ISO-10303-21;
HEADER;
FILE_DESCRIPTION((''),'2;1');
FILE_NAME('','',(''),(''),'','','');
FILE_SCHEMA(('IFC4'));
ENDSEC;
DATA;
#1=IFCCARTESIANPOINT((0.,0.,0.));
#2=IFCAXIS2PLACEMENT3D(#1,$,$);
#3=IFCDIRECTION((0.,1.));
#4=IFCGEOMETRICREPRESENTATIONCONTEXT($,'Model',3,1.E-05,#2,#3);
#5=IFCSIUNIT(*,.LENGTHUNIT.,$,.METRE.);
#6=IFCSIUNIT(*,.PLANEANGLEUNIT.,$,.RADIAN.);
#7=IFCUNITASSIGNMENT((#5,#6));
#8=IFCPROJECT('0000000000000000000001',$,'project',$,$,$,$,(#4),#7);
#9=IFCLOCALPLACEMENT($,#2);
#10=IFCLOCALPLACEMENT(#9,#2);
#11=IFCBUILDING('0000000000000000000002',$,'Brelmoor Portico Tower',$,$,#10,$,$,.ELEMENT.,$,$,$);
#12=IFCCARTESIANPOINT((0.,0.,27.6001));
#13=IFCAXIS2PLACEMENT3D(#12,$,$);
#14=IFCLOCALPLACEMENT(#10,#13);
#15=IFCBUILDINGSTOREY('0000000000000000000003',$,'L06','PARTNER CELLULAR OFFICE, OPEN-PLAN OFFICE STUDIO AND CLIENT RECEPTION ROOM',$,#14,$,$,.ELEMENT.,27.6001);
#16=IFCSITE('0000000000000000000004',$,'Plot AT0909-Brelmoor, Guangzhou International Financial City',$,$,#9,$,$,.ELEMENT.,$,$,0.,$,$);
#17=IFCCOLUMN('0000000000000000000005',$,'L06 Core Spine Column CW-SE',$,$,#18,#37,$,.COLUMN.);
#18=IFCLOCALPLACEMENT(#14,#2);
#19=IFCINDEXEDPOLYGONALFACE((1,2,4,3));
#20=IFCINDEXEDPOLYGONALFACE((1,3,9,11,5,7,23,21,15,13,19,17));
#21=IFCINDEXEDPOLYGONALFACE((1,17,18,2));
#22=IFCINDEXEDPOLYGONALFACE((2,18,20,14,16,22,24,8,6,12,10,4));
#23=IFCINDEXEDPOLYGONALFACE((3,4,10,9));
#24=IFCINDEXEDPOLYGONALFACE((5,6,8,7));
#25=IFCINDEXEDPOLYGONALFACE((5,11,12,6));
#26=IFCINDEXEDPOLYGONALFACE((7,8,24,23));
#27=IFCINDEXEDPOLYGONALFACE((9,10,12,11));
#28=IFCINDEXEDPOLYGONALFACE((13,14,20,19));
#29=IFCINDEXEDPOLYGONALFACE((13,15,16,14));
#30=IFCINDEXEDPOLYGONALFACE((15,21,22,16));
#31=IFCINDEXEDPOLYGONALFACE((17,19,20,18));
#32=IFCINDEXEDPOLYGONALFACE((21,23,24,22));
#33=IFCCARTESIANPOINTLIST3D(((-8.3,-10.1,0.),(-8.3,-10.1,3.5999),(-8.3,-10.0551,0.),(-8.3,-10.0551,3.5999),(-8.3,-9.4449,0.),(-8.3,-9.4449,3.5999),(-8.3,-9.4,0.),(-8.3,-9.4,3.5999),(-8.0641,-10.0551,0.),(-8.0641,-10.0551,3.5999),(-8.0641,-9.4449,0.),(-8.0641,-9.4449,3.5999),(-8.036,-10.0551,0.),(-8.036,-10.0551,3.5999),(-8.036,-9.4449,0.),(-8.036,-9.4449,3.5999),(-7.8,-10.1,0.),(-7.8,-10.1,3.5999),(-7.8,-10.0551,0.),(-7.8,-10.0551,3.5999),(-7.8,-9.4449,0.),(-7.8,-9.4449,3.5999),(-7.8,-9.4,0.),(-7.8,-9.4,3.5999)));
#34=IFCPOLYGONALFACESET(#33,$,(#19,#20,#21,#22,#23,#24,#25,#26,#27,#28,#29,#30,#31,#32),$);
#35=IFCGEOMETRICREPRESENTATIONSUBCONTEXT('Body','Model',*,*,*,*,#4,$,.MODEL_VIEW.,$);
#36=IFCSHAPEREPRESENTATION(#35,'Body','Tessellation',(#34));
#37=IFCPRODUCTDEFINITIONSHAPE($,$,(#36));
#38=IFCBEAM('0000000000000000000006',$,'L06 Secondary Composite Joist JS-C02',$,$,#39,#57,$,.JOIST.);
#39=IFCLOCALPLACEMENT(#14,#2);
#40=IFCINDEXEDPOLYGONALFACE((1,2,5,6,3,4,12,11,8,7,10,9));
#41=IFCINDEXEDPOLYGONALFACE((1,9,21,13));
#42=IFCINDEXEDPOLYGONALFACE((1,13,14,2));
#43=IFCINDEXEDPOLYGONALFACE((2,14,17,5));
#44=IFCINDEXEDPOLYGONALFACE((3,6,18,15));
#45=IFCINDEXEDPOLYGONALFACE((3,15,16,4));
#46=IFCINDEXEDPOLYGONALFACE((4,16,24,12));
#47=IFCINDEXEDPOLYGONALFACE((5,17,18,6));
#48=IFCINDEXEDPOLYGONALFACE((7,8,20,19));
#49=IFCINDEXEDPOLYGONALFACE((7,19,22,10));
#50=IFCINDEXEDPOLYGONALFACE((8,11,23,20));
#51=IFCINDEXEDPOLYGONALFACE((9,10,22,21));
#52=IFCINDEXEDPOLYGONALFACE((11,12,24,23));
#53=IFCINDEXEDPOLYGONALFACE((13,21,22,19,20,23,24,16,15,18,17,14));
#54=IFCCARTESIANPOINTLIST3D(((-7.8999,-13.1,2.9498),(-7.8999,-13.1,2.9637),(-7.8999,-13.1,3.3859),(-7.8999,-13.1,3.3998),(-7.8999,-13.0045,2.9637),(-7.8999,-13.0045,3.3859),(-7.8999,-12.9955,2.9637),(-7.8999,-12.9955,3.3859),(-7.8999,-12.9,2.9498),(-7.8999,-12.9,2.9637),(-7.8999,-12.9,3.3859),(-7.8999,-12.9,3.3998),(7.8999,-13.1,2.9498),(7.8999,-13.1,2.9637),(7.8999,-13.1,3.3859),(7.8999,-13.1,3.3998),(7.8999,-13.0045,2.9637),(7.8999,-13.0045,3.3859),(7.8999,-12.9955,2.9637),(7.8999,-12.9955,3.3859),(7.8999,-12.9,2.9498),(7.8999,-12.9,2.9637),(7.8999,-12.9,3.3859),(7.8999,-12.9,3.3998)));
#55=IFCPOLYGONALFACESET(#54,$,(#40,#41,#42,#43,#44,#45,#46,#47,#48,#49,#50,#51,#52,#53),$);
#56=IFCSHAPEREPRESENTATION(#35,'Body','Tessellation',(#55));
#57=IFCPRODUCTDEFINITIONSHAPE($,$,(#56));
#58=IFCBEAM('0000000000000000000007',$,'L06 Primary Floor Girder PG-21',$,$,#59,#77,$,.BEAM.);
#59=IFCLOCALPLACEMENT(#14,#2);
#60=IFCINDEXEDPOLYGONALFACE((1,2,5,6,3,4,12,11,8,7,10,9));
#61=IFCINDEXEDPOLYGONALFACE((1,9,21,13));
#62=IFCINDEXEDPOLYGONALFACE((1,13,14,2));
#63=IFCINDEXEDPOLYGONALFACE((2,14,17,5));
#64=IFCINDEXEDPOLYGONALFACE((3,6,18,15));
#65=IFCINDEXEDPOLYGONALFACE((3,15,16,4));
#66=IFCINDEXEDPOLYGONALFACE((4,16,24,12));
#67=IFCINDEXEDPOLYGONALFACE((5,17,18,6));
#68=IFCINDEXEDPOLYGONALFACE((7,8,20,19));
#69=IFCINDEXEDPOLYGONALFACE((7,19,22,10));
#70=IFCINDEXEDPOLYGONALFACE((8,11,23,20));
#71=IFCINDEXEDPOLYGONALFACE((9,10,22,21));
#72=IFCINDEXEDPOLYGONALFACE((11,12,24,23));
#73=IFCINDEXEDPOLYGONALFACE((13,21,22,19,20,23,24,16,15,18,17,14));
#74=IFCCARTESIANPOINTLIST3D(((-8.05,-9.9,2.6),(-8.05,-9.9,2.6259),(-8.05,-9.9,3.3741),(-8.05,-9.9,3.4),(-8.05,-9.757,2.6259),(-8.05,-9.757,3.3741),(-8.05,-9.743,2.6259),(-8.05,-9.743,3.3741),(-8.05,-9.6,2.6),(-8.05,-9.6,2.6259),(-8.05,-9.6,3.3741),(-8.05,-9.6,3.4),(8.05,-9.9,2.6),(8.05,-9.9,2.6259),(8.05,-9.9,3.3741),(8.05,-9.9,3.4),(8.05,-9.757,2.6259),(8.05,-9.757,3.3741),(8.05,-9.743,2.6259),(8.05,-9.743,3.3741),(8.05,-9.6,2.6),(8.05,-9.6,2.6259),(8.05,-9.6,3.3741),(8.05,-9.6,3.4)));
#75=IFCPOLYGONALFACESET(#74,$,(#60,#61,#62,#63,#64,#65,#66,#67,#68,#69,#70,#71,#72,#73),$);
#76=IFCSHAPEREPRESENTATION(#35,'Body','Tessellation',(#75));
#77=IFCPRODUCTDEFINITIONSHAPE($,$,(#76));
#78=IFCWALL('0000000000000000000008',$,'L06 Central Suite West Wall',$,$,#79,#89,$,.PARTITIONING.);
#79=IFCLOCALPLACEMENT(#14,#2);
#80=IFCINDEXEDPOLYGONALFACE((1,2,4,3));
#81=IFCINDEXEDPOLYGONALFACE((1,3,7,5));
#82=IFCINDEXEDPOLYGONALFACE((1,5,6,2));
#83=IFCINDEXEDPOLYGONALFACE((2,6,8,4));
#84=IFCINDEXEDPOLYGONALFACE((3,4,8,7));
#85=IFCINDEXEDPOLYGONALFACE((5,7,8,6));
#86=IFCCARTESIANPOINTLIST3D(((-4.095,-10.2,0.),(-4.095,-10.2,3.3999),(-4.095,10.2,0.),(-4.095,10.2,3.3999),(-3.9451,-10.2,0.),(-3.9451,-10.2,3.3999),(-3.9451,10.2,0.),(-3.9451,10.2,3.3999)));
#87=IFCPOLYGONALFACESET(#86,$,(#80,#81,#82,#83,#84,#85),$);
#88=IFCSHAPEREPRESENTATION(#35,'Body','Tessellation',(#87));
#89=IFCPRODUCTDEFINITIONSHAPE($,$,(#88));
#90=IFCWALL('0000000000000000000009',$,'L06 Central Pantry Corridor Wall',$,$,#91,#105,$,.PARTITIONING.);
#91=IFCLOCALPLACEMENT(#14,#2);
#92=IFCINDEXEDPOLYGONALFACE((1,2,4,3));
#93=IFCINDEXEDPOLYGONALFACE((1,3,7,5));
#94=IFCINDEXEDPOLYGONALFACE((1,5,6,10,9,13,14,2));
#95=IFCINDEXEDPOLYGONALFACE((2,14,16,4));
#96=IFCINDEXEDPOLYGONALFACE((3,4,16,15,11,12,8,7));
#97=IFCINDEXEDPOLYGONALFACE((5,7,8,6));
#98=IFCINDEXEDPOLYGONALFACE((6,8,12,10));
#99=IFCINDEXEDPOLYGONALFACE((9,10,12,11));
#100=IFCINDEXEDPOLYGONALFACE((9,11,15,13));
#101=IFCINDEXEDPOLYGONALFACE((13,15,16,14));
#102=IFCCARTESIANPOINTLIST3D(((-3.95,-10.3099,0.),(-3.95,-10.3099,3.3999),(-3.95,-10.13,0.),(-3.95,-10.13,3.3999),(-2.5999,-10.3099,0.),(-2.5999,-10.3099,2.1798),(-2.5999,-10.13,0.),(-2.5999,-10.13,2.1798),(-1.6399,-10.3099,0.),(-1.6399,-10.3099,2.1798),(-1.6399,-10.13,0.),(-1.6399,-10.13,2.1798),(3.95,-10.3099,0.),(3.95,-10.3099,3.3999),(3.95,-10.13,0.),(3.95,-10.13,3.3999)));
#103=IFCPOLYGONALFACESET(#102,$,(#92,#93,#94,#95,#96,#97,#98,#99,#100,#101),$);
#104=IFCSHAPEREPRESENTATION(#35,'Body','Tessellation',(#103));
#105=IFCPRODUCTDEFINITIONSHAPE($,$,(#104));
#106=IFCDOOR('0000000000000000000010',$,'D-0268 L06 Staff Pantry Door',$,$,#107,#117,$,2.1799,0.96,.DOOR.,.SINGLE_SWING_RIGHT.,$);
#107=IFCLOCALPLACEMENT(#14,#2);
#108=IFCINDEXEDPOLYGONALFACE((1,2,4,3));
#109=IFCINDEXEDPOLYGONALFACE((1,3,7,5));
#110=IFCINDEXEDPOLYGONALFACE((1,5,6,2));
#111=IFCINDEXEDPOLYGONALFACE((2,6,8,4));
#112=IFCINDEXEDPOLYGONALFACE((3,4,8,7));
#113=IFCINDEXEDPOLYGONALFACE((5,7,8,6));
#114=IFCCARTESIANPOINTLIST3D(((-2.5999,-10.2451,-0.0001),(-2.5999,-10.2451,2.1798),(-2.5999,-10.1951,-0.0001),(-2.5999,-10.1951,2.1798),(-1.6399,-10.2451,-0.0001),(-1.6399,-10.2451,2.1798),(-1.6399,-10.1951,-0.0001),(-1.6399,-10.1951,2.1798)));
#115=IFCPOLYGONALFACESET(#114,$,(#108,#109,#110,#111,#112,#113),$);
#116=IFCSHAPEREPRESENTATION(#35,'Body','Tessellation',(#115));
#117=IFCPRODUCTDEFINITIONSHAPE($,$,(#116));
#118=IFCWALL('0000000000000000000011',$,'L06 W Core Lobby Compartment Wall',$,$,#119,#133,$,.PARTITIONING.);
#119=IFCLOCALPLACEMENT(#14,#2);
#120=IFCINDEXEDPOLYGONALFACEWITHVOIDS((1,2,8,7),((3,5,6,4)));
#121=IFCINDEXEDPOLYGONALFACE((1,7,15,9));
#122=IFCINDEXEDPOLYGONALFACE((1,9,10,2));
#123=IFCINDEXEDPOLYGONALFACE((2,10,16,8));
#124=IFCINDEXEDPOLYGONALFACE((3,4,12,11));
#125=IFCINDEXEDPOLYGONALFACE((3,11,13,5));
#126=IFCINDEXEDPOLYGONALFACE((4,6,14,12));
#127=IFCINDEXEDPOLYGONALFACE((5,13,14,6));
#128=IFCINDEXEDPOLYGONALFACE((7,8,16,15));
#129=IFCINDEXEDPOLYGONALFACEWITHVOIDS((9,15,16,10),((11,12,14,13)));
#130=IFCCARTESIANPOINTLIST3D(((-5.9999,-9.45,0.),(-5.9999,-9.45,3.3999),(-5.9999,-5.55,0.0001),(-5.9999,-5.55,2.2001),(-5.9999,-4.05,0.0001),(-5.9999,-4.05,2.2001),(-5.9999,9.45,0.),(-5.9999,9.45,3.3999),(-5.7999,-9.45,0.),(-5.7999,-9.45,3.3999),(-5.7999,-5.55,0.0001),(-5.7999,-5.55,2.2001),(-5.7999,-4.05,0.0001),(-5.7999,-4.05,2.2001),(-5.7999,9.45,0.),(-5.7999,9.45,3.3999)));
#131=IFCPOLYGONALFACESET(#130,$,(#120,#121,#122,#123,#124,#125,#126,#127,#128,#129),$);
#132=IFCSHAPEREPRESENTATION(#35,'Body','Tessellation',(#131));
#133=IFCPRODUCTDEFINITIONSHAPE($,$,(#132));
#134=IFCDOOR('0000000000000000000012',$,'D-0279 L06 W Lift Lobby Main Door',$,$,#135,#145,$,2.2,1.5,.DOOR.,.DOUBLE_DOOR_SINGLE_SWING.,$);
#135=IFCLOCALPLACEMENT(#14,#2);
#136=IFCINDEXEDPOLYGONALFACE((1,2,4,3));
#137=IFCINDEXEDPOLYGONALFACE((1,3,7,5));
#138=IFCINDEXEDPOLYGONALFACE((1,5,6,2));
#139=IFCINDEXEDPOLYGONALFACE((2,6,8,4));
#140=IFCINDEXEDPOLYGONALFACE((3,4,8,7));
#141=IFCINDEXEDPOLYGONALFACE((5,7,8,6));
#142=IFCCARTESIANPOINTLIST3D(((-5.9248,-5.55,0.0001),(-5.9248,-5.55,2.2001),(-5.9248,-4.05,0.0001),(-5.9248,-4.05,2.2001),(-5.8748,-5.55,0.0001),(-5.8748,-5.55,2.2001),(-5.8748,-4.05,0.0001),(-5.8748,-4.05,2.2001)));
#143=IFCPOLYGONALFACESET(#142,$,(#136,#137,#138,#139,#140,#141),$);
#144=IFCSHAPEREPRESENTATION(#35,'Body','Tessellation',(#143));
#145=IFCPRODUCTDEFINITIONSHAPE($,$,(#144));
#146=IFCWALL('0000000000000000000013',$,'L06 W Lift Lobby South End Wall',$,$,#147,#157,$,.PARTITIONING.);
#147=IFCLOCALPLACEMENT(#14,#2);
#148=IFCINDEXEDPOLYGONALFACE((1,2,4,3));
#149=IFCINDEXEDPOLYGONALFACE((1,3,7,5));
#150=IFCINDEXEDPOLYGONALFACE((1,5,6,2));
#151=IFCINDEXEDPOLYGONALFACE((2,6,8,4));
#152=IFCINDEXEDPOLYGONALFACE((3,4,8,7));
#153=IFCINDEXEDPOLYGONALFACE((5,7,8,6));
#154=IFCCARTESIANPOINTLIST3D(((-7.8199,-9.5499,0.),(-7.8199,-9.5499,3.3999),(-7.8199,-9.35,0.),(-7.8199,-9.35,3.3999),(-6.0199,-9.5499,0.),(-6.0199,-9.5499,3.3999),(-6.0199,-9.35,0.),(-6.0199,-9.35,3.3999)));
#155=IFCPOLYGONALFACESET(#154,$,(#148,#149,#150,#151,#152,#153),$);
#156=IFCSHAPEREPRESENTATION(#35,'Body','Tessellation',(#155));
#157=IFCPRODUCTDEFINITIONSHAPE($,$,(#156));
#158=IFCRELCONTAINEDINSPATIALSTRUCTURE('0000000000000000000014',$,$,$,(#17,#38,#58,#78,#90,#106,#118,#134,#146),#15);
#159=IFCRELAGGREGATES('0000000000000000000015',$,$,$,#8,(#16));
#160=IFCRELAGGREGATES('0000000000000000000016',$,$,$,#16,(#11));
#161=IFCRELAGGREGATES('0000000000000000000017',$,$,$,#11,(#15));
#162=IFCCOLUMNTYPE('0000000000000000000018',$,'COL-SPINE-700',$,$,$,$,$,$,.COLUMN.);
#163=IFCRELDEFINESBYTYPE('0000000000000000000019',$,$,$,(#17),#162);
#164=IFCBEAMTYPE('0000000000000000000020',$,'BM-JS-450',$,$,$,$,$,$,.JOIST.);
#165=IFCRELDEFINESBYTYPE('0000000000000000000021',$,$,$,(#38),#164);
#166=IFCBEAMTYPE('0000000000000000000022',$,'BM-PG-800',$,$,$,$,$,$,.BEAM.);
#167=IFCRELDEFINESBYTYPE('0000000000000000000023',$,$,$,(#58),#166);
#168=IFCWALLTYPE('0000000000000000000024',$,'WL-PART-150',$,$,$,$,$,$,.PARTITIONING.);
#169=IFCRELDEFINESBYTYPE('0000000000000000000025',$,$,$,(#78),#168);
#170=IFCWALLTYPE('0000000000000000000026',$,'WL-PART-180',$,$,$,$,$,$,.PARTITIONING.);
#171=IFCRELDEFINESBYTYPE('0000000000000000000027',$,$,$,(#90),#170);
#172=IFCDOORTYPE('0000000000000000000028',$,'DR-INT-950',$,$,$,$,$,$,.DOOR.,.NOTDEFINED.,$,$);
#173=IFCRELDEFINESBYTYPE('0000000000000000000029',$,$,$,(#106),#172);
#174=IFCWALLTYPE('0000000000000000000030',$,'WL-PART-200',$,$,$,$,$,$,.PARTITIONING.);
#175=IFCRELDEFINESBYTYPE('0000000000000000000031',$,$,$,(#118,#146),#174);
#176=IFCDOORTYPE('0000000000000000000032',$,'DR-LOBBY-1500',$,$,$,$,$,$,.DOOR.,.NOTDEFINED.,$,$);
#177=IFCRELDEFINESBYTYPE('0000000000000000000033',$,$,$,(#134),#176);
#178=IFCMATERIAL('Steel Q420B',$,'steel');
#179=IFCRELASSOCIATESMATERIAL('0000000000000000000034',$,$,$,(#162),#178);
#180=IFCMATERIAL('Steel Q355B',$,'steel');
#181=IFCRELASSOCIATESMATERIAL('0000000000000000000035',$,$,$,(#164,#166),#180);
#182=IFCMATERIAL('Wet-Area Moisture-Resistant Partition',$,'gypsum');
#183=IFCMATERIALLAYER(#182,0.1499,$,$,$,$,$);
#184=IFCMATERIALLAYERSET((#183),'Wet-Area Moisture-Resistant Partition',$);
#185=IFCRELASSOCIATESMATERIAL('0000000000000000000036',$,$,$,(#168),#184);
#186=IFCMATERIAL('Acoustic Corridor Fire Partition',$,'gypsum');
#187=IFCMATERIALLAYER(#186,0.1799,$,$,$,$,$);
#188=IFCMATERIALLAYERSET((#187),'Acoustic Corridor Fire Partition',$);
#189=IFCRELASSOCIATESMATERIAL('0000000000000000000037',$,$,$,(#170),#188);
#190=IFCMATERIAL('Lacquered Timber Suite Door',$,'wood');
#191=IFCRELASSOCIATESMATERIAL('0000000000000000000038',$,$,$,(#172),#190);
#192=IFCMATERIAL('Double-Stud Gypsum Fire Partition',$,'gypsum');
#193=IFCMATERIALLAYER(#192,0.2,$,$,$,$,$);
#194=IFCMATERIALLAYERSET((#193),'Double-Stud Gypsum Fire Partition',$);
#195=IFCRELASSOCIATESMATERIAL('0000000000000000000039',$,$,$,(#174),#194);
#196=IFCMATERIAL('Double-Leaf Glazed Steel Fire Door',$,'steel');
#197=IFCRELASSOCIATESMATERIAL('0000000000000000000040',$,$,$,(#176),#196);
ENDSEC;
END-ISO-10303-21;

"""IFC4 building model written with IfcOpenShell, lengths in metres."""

from ifc_helpers import new_model, si_unit, direction, frame, frame_2d, origin, origin_2d, place, context, subcontext, project, spatial, rectangle, i_section, extrude, material, layer, layer_set, material_profile, profile_set, type_object, element, fill, save


model = new_model("IFC4")

# Units and contexts
model_context = context("Model", 3, precision=1e-05, world=origin(), true_north=direction((0.0, 1.0)))
body_context = subcontext(model_context, "Body", "Model", "MODEL_VIEW")
ifc_project = project(units=[si_unit("LENGTHUNIT", "METRE"), si_unit("PLANEANGLEUNIT", "RADIAN")], contexts=[model_context])

# Site, building, storey
site_placement = place(None, origin())
site = spatial("IfcSite", under=ifc_project, at=site_placement, Name="Plot AT0909-Brelmoor, Guangzhou International Financial City", CompositionType="ELEMENT", RefElevation=0.0)
building_placement = place(site_placement, origin())
building = spatial("IfcBuilding", under=site, at=building_placement, Name="Brelmoor Portico Tower", CompositionType="ELEMENT")
storey_placement = place(building_placement, frame((0.0, 0.0, 27.6001)))
storey = spatial("IfcBuildingStorey", under=building, at=storey_placement, Name="L06", Description="PARTNER CELLULAR OFFICE, OPEN-PLAN OFFICE STUDIO AND CLIENT RECEPTION ROOM", CompositionType="ELEMENT", Elevation=27.6001)

# Column
ifc_material_1 = material(Name="Steel Q420B", Category="steel")
ifc_material_profile_1 = material_profile(ifc_material_1, i_section(OverallWidth=0.5, OverallDepth=0.7, WebThickness=0.0281, FlangeThickness=0.0449, at=origin_2d()), Name="HW 700x500x28x45")
ifc_profile_set_1 = profile_set([ifc_material_profile_1], Name="Steel Q420B")
column_type = type_object("IfcColumnType", Name="COL-SPINE-700", PredefinedType="COLUMN", material=ifc_profile_set_1)
column_placement = place(storey_placement, frame((-8.05, -9.75, 0.0), z_axis=(0.0, 0.0, 1.0), x_axis=(1.0, 0.0, 0.0)))
element("IfcColumn", 1, at=column_placement, inside=storey, type_object=column_type, Name="L06 Core Spine Column CW-SE", PredefinedType="COLUMN", context=body_context, shape_type="SweptSolid", body=[
    extrude(i_section(OverallWidth=0.5, OverallDepth=0.7, WebThickness=0.0281, FlangeThickness=0.0449, at=origin_2d()), origin(), (0.0, 0.0, 1.0), 3.5999),
])

# Beams
ifc_material_2 = material(Name="Steel Q355B", Category="steel")
ifc_material_profile_2 = material_profile(ifc_material_2, i_section(OverallWidth=0.2, OverallDepth=0.45, WebThickness=0.009, FlangeThickness=0.0139, at=origin_2d()), Name="HN 450x200x9x14")
ifc_profile_set_2 = profile_set([ifc_material_profile_2], Name="Steel Q355B")
beam_type_1 = type_object("IfcBeamType", Name="BM-JS-450", PredefinedType="JOIST", material=ifc_profile_set_2)
beam_1_placement = place(storey_placement, frame((-7.8999, -13.0, 3.1748), z_axis=(1.0, 0.0, 0.0), x_axis=(0.0, 1.0, 0.0)))
element("IfcBeam", 2, at=beam_1_placement, inside=storey, type_object=beam_type_1, Name="L06 Secondary Composite Joist JS-C02", PredefinedType="JOIST", context=body_context, shape_type="SweptSolid", body=[
    extrude(i_section(OverallWidth=0.2, OverallDepth=0.45, WebThickness=0.009, FlangeThickness=0.0139, at=origin_2d()), origin(), (0.0, 0.0, 1.0), 15.7998),
])
ifc_material_profile_3 = material_profile(ifc_material_2, i_section(OverallWidth=0.3, OverallDepth=0.8, WebThickness=0.0139, FlangeThickness=0.0259, at=origin_2d()), Name="HN 800x300x14x26")
ifc_profile_set_3 = profile_set([ifc_material_profile_3], Name="Steel Q355B")
beam_type_2 = type_object("IfcBeamType", Name="BM-PG-800", PredefinedType="BEAM", material=ifc_profile_set_3)
beam_2_placement = place(storey_placement, frame((-8.05, -9.75, 3.0), z_axis=(1.0, 0.0, 0.0), x_axis=(0.0, 1.0, 0.0)))
element("IfcBeam", 3, at=beam_2_placement, inside=storey, type_object=beam_type_2, Name="L06 Primary Floor Girder PG-21", PredefinedType="BEAM", context=body_context, shape_type="SweptSolid", body=[
    extrude(i_section(OverallWidth=0.3, OverallDepth=0.8, WebThickness=0.0139, FlangeThickness=0.0259, at=origin_2d()), origin(), (0.0, 0.0, 1.0), 16.1001),
])

# Wall
ifc_material_3 = material(Name="Wet-Area Moisture-Resistant Partition", Category="gypsum")
ifc_layer_1 = layer(ifc_material_3, 0.1499)
ifc_layer_set_1 = layer_set([ifc_layer_1], Name="Wet-Area Moisture-Resistant Partition")
wall_type_1 = type_object("IfcWallType", Name="WL-PART-150", PredefinedType="PARTITIONING", material=ifc_layer_set_1)
wall_1_placement = place(storey_placement, frame((-4.02, -10.2, 0.0), z_axis=(0.0, 0.0, 1.0), x_axis=(0.0, 1.0, 0.0)))
element("IfcWall", 4, at=wall_1_placement, inside=storey, type_object=wall_type_1, Name="L06 Central Suite West Wall", PredefinedType="PARTITIONING", context=body_context, shape_type="SweptSolid", body=[
    extrude(rectangle(XDim=20.3999, YDim=0.1499, at=frame_2d((10.2, 0.0))), origin(), (0.0, 0.0, 1.0), 3.3999),
])

# Walls, openings, doors
ifc_material_4 = material(Name="Lacquered Timber Suite Door", Category="wood")
ifc_material_5 = material(Name="Acoustic Corridor Fire Partition", Category="gypsum")
ifc_layer_2 = layer(ifc_material_5, 0.1799)
ifc_layer_set_2 = layer_set([ifc_layer_2], Name="Acoustic Corridor Fire Partition")
wall_type_2 = type_object("IfcWallType", Name="WL-PART-180", PredefinedType="PARTITIONING", material=ifc_layer_set_2)
wall_2_placement = place(storey_placement, frame((-3.95, -10.22, 0.0), z_axis=(0.0, 0.0, 1.0), x_axis=(1.0, 0.0, 0.0)))
wall_2 = element("IfcWall", 5, at=wall_2_placement, inside=storey, type_object=wall_type_2, Name="L06 Central Pantry Corridor Wall", PredefinedType="PARTITIONING", context=body_context, shape_type="SweptSolid", body=[
    extrude(rectangle(XDim=7.8999, YDim=0.1799, at=frame_2d((3.95, 0.0))), origin(), (0.0, 0.0, 1.0), 3.3999),
])
opening_1_placement = place(wall_2_placement, frame((1.3501, 0.0, 0.0)))
opening_1 = element("IfcOpeningElement", 6, at=opening_1_placement, cuts=wall_2, PredefinedType="OPENING", context=body_context, shape_type="SweptSolid", body=[
    extrude(rectangle(XDim=0.96, YDim=2.1799, at=frame_2d((0.48, 1.0898))), frame((0.0, 0.0999, 0.0), z_axis=(0.0, -1.0, 0.0), x_axis=(1.0, 0.0, 0.0)), (0.0, 0.0, 1.0), 0.2),
])
door_type_1 = type_object("IfcDoorType", Name="DR-INT-950", OperationType="NOTDEFINED", PredefinedType="DOOR", material=ifc_material_4)
door_1_placement = place(opening_1_placement, origin())
door_1 = element("IfcDoor", 7, at=door_1_placement, inside=storey, type_object=door_type_1, Name="D-0268 L06 Staff Pantry Door", OperationType="SINGLE_SWING_RIGHT", OverallHeight=2.1799, OverallWidth=0.96, PredefinedType="DOOR", context=body_context, shape_type="SweptSolid", body=[
    extrude(rectangle(XDim=0.96, YDim=2.1799, at=frame_2d((0.48, 1.0898))), frame((0.0, 0.0249, 0.0), z_axis=(0.0, -1.0, 0.0), x_axis=(1.0, 0.0, 0.0)), (0.0, 0.0, 1.0), 0.05),
])
fill(opening_1, door_1)
ifc_material_6 = material(Name="Double-Stud Gypsum Fire Partition", Category="gypsum")
ifc_layer_3 = layer(ifc_material_6, 0.2)
ifc_layer_set_3 = layer_set([ifc_layer_3], Name="Double-Stud Gypsum Fire Partition")
wall_type_3 = type_object("IfcWallType", Name="WL-PART-200", PredefinedType="PARTITIONING", material=ifc_layer_set_3)
wall_3_placement = place(storey_placement, frame((-5.8999, -9.45, 0.0), z_axis=(0.0, 0.0, 1.0), x_axis=(0.0, 1.0, 0.0)))
wall_3 = element("IfcWall", 8, at=wall_3_placement, inside=storey, type_object=wall_type_3, Name="L06 W Core Lobby Compartment Wall", PredefinedType="PARTITIONING", context=body_context, shape_type="SweptSolid", body=[
    extrude(rectangle(XDim=18.8999, YDim=0.2, at=frame_2d((9.45, 0.0))), origin(), (0.0, 0.0, 1.0), 3.3999),
])
opening_2_placement = place(wall_3_placement, frame((3.8999, 0.0, 0.0)))
opening_2 = element("IfcOpeningElement", 9, at=opening_2_placement, cuts=wall_3, PredefinedType="OPENING", context=body_context, shape_type="SweptSolid", body=[
    extrude(rectangle(XDim=1.5, YDim=2.2, at=frame_2d((0.75, 1.1001))), frame((0.0, 0.1099, 0.0), z_axis=(0.0, -1.0, 0.0), x_axis=(1.0, 0.0, 0.0)), (0.0, 0.0, 1.0), 0.22),
])
ifc_material_7 = material(Name="Double-Leaf Glazed Steel Fire Door", Category="steel")
door_type_2 = type_object("IfcDoorType", Name="DR-LOBBY-1500", OperationType="NOTDEFINED", PredefinedType="DOOR", material=ifc_material_7)
door_2_placement = place(opening_2_placement, origin())
door_2 = element("IfcDoor", 10, at=door_2_placement, inside=storey, type_object=door_type_2, Name="D-0279 L06 W Lift Lobby Main Door", OperationType="DOUBLE_DOOR_SINGLE_SWING", OverallHeight=2.2, OverallWidth=1.5, PredefinedType="DOOR", context=body_context, shape_type="SweptSolid", body=[
    extrude(rectangle(XDim=1.5, YDim=2.2, at=frame_2d((0.75, 1.1001))), frame((0.0, 0.0249, 0.0), z_axis=(0.0, -1.0, 0.0), x_axis=(1.0, 0.0, 0.0)), (0.0, 0.0, 1.0), 0.05),
])
fill(opening_2, door_2)

# Wall
wall_4_placement = place(storey_placement, frame((-6.02, -9.45, 0.0), z_axis=(0.0, 0.0, 1.0), x_axis=(-1.0, 0.0, 0.0)))
element("IfcWall", 11, at=wall_4_placement, inside=storey, type_object=wall_type_3, Name="L06 W Lift Lobby South End Wall", PredefinedType="PARTITIONING", context=body_context, shape_type="SweptSolid", body=[
    extrude(rectangle(XDim=1.8, YDim=0.2, at=frame_2d((0.8999, 0.0))), origin(), (0.0, 0.0, 1.0), 3.3999),
])

save(model, "model.ifc")
